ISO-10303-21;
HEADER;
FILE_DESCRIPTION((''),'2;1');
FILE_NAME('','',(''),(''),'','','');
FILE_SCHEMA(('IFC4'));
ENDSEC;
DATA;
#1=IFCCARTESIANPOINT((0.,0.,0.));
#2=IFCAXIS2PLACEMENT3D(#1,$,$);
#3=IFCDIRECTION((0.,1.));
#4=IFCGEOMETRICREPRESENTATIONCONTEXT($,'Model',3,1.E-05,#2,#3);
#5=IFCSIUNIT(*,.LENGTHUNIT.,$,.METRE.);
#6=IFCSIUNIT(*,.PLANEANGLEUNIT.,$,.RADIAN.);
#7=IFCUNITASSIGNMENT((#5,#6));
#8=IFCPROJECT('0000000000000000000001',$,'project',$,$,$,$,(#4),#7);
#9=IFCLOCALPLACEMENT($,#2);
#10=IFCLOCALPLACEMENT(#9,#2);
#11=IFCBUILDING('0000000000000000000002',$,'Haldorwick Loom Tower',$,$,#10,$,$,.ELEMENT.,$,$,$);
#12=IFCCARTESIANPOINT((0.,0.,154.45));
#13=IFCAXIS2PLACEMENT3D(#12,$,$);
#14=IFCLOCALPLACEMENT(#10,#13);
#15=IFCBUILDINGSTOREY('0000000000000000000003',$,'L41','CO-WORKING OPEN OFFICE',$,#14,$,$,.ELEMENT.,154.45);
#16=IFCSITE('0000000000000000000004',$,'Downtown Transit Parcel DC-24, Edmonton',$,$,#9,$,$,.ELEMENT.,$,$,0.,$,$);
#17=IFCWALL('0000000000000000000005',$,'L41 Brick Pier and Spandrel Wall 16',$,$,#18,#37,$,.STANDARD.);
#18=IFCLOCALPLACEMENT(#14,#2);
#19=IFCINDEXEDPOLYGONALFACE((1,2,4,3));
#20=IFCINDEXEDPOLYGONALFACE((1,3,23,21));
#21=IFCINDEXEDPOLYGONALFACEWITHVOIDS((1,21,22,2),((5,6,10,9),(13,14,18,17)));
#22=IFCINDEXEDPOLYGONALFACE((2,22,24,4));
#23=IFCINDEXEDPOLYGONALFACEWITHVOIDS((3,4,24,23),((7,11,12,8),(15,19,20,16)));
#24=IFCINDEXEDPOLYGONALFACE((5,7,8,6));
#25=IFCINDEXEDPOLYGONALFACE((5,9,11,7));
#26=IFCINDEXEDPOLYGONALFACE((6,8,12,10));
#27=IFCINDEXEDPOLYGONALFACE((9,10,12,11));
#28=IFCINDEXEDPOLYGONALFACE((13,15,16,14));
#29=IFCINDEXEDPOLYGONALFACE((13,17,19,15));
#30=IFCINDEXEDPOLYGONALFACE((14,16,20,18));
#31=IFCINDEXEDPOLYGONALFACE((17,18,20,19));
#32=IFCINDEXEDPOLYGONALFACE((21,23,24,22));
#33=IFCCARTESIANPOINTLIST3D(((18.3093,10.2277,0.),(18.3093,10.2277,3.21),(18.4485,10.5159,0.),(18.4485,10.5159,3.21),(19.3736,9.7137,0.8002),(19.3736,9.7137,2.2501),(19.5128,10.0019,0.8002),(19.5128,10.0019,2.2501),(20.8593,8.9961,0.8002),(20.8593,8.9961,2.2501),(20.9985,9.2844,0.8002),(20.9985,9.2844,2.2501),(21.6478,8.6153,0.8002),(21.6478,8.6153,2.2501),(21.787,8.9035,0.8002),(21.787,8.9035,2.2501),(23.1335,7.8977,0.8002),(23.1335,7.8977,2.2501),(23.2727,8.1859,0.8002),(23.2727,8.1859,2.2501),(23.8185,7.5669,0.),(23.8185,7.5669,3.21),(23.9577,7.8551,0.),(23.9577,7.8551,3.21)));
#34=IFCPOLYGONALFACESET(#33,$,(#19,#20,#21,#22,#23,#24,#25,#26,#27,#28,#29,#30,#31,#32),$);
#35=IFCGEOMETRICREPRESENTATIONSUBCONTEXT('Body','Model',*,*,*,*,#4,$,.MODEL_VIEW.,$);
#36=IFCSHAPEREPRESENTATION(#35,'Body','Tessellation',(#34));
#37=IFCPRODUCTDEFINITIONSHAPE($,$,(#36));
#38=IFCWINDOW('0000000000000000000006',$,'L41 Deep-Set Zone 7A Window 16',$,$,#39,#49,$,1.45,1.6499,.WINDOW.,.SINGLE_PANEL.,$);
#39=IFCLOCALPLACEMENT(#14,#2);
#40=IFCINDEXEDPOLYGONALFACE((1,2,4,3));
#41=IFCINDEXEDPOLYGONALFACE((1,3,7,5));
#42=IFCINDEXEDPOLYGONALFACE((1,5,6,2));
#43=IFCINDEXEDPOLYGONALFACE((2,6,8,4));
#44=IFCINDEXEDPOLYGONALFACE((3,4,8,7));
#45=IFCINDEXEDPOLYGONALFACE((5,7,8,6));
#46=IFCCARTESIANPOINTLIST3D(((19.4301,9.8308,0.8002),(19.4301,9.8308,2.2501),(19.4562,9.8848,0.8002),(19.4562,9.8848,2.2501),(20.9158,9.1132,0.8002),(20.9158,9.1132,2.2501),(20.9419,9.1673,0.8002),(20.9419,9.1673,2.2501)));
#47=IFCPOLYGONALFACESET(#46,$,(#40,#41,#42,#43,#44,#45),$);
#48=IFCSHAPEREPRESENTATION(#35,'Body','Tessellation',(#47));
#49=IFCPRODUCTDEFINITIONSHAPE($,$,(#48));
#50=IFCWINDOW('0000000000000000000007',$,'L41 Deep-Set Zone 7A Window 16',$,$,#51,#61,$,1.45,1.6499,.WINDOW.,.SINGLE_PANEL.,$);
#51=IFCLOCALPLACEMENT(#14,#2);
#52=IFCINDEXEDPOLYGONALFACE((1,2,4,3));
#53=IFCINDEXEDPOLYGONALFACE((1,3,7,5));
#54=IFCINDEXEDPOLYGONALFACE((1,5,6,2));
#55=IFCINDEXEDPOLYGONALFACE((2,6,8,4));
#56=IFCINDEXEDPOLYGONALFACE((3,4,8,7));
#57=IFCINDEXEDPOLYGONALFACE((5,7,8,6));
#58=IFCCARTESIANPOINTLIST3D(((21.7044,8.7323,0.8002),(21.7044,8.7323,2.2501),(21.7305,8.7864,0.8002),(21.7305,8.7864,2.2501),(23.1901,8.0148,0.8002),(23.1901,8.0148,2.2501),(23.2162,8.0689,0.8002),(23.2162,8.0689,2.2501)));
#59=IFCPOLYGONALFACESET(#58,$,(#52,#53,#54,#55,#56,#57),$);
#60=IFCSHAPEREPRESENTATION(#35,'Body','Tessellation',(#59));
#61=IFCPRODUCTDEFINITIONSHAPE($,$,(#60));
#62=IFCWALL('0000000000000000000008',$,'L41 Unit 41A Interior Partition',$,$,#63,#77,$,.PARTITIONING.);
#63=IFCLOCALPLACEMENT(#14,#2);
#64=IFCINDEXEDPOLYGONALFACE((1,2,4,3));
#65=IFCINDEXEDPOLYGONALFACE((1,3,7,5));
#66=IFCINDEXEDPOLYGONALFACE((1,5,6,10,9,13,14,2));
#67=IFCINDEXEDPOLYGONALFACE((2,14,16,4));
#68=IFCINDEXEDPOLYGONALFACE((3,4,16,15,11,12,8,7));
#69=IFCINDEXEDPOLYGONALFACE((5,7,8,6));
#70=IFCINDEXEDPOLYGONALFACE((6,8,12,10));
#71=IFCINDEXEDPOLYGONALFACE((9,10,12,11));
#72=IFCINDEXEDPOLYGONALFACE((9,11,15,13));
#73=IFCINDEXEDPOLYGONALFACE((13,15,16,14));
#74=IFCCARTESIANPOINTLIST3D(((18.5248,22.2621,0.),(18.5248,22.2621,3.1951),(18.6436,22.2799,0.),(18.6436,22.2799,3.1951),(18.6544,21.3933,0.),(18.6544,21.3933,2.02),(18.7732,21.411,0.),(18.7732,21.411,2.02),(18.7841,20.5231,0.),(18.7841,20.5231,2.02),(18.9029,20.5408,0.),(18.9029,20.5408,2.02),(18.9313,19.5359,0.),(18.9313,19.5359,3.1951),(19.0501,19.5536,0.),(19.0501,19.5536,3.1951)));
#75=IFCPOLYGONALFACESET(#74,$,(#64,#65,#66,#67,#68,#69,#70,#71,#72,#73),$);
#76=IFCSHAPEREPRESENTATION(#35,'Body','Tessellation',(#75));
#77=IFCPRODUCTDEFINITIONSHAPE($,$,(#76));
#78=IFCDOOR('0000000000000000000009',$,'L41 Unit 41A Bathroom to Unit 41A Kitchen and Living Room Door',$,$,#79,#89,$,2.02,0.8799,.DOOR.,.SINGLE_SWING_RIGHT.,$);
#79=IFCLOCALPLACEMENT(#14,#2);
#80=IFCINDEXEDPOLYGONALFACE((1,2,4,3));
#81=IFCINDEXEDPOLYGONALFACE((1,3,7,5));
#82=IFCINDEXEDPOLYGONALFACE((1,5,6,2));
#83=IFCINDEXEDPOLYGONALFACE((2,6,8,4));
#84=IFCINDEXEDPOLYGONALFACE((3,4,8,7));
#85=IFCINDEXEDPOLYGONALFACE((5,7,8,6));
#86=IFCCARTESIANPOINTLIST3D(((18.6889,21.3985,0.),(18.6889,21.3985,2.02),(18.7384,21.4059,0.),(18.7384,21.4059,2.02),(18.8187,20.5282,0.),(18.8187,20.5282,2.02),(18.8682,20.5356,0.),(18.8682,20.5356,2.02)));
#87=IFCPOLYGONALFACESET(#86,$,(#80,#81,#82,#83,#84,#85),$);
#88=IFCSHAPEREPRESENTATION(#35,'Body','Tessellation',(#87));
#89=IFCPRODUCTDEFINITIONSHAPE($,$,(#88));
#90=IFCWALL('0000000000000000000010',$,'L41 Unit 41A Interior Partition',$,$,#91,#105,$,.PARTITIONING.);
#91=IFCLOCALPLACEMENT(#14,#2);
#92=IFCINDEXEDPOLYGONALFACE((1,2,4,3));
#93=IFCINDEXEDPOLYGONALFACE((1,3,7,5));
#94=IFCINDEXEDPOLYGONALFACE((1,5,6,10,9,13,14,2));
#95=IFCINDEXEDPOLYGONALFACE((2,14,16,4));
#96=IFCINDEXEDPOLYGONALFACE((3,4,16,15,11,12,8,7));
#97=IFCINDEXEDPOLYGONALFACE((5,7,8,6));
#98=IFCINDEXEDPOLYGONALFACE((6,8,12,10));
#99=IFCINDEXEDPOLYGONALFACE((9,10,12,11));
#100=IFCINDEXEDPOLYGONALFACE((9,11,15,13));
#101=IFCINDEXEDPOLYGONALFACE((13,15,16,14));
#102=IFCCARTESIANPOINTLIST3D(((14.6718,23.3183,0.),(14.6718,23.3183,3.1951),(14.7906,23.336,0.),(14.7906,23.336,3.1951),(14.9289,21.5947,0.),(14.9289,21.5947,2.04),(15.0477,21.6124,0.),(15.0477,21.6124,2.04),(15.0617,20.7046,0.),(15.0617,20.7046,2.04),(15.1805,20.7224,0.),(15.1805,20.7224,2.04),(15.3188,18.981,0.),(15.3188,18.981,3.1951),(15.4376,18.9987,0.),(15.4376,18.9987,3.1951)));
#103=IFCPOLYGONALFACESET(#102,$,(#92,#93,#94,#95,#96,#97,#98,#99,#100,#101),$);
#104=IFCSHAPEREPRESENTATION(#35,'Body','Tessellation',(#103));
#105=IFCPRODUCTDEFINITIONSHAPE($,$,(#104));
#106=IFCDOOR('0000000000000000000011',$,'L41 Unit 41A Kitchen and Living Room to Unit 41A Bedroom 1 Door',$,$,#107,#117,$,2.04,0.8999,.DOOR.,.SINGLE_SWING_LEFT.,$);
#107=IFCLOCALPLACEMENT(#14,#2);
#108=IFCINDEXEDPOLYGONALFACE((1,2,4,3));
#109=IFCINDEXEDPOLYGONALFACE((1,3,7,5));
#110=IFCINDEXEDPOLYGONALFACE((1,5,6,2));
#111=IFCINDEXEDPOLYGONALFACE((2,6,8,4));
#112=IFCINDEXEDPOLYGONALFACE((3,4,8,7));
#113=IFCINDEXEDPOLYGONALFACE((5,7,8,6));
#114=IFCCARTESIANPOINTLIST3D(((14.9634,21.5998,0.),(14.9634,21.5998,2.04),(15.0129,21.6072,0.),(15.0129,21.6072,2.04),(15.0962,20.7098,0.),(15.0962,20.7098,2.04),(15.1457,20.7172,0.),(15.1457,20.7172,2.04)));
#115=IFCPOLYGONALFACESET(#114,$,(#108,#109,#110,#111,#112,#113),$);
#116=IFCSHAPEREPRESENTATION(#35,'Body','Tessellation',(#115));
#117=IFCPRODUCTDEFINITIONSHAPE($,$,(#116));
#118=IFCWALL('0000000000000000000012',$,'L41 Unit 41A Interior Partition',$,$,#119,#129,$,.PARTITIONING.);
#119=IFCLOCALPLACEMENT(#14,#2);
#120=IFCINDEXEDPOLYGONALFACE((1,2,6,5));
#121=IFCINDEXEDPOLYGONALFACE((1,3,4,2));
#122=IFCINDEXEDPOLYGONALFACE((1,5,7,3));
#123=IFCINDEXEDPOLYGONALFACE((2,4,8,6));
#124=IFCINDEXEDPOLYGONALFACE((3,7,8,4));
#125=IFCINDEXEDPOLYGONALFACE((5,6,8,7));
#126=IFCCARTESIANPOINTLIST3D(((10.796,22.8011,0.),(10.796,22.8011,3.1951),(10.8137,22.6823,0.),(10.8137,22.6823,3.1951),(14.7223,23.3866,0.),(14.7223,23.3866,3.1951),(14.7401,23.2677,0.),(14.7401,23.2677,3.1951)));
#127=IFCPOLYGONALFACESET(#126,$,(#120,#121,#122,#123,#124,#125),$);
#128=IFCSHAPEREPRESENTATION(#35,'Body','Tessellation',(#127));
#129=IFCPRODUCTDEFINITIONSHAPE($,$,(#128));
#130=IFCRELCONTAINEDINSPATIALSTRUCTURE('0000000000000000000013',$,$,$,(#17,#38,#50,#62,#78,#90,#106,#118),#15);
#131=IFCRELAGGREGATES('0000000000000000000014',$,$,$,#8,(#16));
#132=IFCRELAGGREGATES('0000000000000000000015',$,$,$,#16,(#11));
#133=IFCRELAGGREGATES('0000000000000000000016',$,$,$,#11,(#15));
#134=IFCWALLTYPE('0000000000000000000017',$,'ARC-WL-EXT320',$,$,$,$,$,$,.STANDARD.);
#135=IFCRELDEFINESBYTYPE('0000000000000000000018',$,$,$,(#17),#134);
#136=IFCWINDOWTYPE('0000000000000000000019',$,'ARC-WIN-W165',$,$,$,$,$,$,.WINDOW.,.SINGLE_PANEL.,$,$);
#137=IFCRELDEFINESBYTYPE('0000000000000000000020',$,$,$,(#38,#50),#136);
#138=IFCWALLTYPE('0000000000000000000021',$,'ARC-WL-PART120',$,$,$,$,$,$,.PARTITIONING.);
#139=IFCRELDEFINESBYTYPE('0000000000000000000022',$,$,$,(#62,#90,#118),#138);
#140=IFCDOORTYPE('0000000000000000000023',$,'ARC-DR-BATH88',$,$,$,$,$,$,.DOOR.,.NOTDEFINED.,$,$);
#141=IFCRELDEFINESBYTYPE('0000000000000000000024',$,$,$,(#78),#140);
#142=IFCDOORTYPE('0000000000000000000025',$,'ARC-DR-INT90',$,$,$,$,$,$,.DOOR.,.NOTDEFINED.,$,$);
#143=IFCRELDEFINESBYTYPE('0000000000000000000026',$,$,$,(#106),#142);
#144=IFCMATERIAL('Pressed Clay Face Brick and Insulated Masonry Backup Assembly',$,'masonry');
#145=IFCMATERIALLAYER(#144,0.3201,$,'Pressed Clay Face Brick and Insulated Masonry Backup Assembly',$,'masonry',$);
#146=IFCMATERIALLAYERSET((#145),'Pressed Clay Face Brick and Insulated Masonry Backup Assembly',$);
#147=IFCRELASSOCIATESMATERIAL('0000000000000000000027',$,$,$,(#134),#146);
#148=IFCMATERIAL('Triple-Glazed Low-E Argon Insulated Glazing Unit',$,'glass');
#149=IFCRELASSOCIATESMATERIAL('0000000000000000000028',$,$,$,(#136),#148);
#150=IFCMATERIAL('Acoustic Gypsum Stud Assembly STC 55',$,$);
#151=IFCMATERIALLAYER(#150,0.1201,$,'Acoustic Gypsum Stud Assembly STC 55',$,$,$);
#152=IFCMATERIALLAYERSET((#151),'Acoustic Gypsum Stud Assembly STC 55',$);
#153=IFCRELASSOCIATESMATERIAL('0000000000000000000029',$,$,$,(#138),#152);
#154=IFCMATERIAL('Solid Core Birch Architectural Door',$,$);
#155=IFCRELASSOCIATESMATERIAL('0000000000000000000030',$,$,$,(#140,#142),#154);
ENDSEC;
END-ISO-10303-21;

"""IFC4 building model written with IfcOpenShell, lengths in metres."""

from ifc_helpers import new_model, si_unit, direction, frame, frame_2d, origin, place, context, subcontext, project, spatial, rectangle, extrude, material, layer, layer_set, type_object, element, fill, save


model = new_model("IFC4")

# Units and contexts
model_context = context("Model", 3, precision=1e-05, world=origin(), true_north=direction((0.0, 1.0)))
body_context = subcontext(model_context, "Body", "Model", "MODEL_VIEW")
ifc_project = project(units=[si_unit("LENGTHUNIT", "METRE"), si_unit("PLANEANGLEUNIT", "RADIAN")], contexts=[model_context])

# Site, building, storey
site_placement = place(None, origin())
site = spatial("IfcSite", under=ifc_project, at=site_placement, Name="Downtown Transit Parcel DC-24, Edmonton", CompositionType="ELEMENT", RefElevation=0.0)
building_placement = place(site_placement, origin())
building = spatial("IfcBuilding", under=site, at=building_placement, Name="Haldorwick Loom Tower", CompositionType="ELEMENT")
storey_placement = place(building_placement, frame((0.0, 0.0, 154.45)))
storey = spatial("IfcBuildingStorey", under=building, at=storey_placement, Name="L41", Description="CO-WORKING OPEN OFFICE", CompositionType="ELEMENT", Elevation=154.45)

# Shared definitions
ifc_material_1 = material(Name="Pressed Clay Face Brick and Insulated Masonry Backup Assembly", Category="masonry")
ifc_layer_1 = layer(ifc_material_1, 0.3201, Name="Pressed Clay Face Brick and Insulated Masonry Backup Assembly", Category="masonry")
ifc_layer_set_1 = layer_set([ifc_layer_1], Name="Pressed Clay Face Brick and Insulated Masonry Backup Assembly")
wall_type_1 = type_object("IfcWallType", Name="ARC-WL-EXT320", PredefinedType="STANDARD", material=ifc_layer_set_1)

# Wall, openings, windows
wall_1_placement = place(storey_placement, frame((18.3789, 10.3718, 0.0), z_axis=(0.0, 0.0, 1.0), x_axis=(0.900472, -0.434913, 0.0)))
wall_1 = element("IfcWall", 1, at=wall_1_placement, inside=storey, type_object=wall_type_1, Name="L41 Brick Pier and Spandrel Wall 16", PredefinedType="STANDARD", context=body_context, shape_type="SweptSolid", body=[
    extrude(rectangle(XDim=6.1182, YDim=0.3201, at=frame_2d((3.0591, 0.0))), origin(), (0.0, 0.0, 1.0), 3.21),
])
opening_1_placement = place(wall_1_placement, frame((1.1819, 0.0, 0.8)))
opening_1 = element("IfcOpeningElement", 2, at=opening_1_placement, cuts=wall_1, PredefinedType="OPENING", context=body_context, shape_type="SweptSolid", body=[
    extrude(rectangle(XDim=1.6499, YDim=1.45, at=frame_2d((0.825, 0.7251))), frame((0.0, 0.1699, 0.0), z_axis=(0.0, -1.0, 0.0), x_axis=(1.0, 0.0, 0.0)), (0.0, 0.0, 1.0), 0.3401),
])
opening_2_placement = place(wall_1_placement, frame((3.7075, 0.0, 0.8)))
opening_2 = element("IfcOpeningElement", 3, at=opening_2_placement, cuts=wall_1, PredefinedType="OPENING", context=body_context, shape_type="SweptSolid", body=[
    extrude(rectangle(XDim=1.6499, YDim=1.45, at=frame_2d((0.825, 0.7251))), frame((0.0, 0.1699, 0.0), z_axis=(0.0, -1.0, 0.0), x_axis=(1.0, 0.0, 0.0)), (0.0, 0.0, 1.0), 0.3401),
])
ifc_material_2 = material(Name="Triple-Glazed Low-E Argon Insulated Glazing Unit", Category="glass")
window_type = type_object("IfcWindowType", Name="ARC-WIN-W165", PartitioningType="SINGLE_PANEL", PredefinedType="WINDOW", material=ifc_material_2)
window_1_placement = place(opening_1_placement, origin())
window_1 = element("IfcWindow", 4, at=window_1_placement, inside=storey, type_object=window_type, Name="L41 Deep-Set Zone 7A Window 16", OverallHeight=1.45, OverallWidth=1.6499, PartitioningType="SINGLE_PANEL", PredefinedType="WINDOW", context=body_context, shape_type="SweptSolid", body=[
    extrude(rectangle(XDim=1.6499, YDim=1.45, at=frame_2d((0.825, 0.7251))), frame((0.0, 0.03, 0.0), z_axis=(0.0, -1.0, 0.0), x_axis=(1.0, 0.0, 0.0)), (0.0, 0.0, 1.0), 0.0601),
])
fill(opening_1, window_1)
window_2_placement = place(opening_2_placement, origin())
window_2 = element("IfcWindow", 5, at=window_2_placement, inside=storey, type_object=window_type, Name="L41 Deep-Set Zone 7A Window 16", OverallHeight=1.45, OverallWidth=1.6499, PartitioningType="SINGLE_PANEL", PredefinedType="WINDOW", context=body_context, shape_type="SweptSolid", body=[
    extrude(rectangle(XDim=1.6499, YDim=1.45, at=frame_2d((0.825, 0.7251))), frame((0.0, 0.03, 0.0), z_axis=(0.0, -1.0, 0.0), x_axis=(1.0, 0.0, 0.0)), (0.0, 0.0, 1.0), 0.0601),
])
fill(opening_2, window_2)

# Walls, openings, doors
ifc_material_3 = material(Name="Acoustic Gypsum Stud Assembly STC 55")
ifc_layer_2 = layer(ifc_material_3, 0.1201, Name="Acoustic Gypsum Stud Assembly STC 55")
ifc_layer_set_2 = layer_set([ifc_layer_2], Name="Acoustic Gypsum Stud Assembly STC 55")
wall_type_2 = type_object("IfcWallType", Name="ARC-WL-PART120", PredefinedType="PARTITIONING", material=ifc_layer_set_2)
wall_2_placement = place(storey_placement, frame((18.5842, 22.271, 0.0), z_axis=(0.0, 0.0, 1.0), x_axis=(0.14747, -0.989067, 0.0)))
wall_2 = element("IfcWall", 6, at=wall_2_placement, inside=storey, type_object=wall_type_2, Name="L41 Unit 41A Interior Partition", PredefinedType="PARTITIONING", context=body_context, shape_type="SweptSolid", body=[
    extrude(rectangle(XDim=2.7563, YDim=0.1201, at=frame_2d((1.3782, 0.0))), origin(), (0.0, 0.0, 1.0), 3.1951),
])
opening_3_placement = place(wall_2_placement, frame((0.8784, 0.0, 0.0)))
opening_3 = element("IfcOpeningElement", 7, at=opening_3_placement, cuts=wall_2, PredefinedType="OPENING", context=body_context, shape_type="SweptSolid", body=[
    extrude(rectangle(XDim=0.8799, YDim=2.02, at=frame_2d((0.4399, 1.01))), frame((0.0, 0.0701, 0.0), z_axis=(0.0, -1.0, 0.0), x_axis=(1.0, 0.0, 0.0)), (0.0, 0.0, 1.0), 0.1401),
])
ifc_material_4 = material(Name="Solid Core Birch Architectural Door")
door_type_1 = type_object("IfcDoorType", Name="ARC-DR-BATH88", OperationType="NOTDEFINED", PredefinedType="DOOR", material=ifc_material_4)
door_1_placement = place(opening_3_placement, origin())
door_1 = element("IfcDoor", 8, at=door_1_placement, inside=storey, type_object=door_type_1, Name="L41 Unit 41A Bathroom to Unit 41A Kitchen and Living Room Door", OperationType="SINGLE_SWING_RIGHT", OverallHeight=2.02, OverallWidth=0.8799, PredefinedType="DOOR", context=body_context, shape_type="SweptSolid", body=[
    extrude(rectangle(XDim=0.8799, YDim=2.02, at=frame_2d((0.4399, 1.01))), frame((0.0, 0.0249, 0.0), z_axis=(0.0, -1.0, 0.0), x_axis=(1.0, 0.0, 0.0)), (0.0, 0.0, 1.0), 0.05),
])
fill(opening_3, door_1)
wall_3_placement = place(storey_placement, frame((14.7312, 23.3271, 0.0), z_axis=(0.0, 0.0, 1.0), x_axis=(0.147537, -0.989056, 0.0)))
wall_3 = element("IfcWall", 9, at=wall_3_placement, inside=storey, type_object=wall_type_2, Name="L41 Unit 41A Interior Partition", PredefinedType="PARTITIONING", context=body_context, shape_type="SweptSolid", body=[
    extrude(rectangle(XDim=4.3853, YDim=0.1201, at=frame_2d((2.1926, 0.0))), origin(), (0.0, 0.0, 1.0), 3.1951),
])
opening_4_placement = place(wall_3_placement, frame((1.7427, 0.0, 0.0)))
opening_4 = element("IfcOpeningElement", 10, at=opening_4_placement, cuts=wall_3, PredefinedType="OPENING", context=body_context, shape_type="SweptSolid", body=[
    extrude(rectangle(XDim=0.8999, YDim=2.04, at=frame_2d((0.45, 1.02))), frame((0.0, 0.0701, 0.0), z_axis=(0.0, -1.0, 0.0), x_axis=(1.0, 0.0, 0.0)), (0.0, 0.0, 1.0), 0.1401),
])
door_type_2 = type_object("IfcDoorType", Name="ARC-DR-INT90", OperationType="NOTDEFINED", PredefinedType="DOOR", material=ifc_material_4)
door_2_placement = place(opening_4_placement, origin())
door_2 = element("IfcDoor", 11, at=door_2_placement, inside=storey, type_object=door_type_2, Name="L41 Unit 41A Kitchen and Living Room to Unit 41A Bedroom 1 Door", OperationType="SINGLE_SWING_LEFT", OverallHeight=2.04, OverallWidth=0.8999, PredefinedType="DOOR", context=body_context, shape_type="SweptSolid", body=[
    extrude(rectangle(XDim=0.8999, YDim=2.04, at=frame_2d((0.45, 1.02))), frame((0.0, 0.0249, 0.0), z_axis=(0.0, -1.0, 0.0), x_axis=(1.0, 0.0, 0.0)), (0.0, 0.0, 1.0), 0.05),
])
fill(opening_4, door_2)

# Wall
wall_4_placement = place(storey_placement, frame((14.7312, 23.3271, 0.0), z_axis=(0.0, 0.0, 1.0), x_axis=(-0.989065, -0.14748, 0.0)))
element("IfcWall", 12, at=wall_4_placement, inside=storey, type_object=wall_type_2, Name="L41 Unit 41A Interior Partition", PredefinedType="PARTITIONING", context=body_context, shape_type="SweptSolid", body=[
    extrude(rectangle(XDim=3.9697, YDim=0.1201, at=frame_2d((1.9849, 0.0))), origin(), (0.0, 0.0, 1.0), 3.1951),
])

save(model, "model.ifc")
